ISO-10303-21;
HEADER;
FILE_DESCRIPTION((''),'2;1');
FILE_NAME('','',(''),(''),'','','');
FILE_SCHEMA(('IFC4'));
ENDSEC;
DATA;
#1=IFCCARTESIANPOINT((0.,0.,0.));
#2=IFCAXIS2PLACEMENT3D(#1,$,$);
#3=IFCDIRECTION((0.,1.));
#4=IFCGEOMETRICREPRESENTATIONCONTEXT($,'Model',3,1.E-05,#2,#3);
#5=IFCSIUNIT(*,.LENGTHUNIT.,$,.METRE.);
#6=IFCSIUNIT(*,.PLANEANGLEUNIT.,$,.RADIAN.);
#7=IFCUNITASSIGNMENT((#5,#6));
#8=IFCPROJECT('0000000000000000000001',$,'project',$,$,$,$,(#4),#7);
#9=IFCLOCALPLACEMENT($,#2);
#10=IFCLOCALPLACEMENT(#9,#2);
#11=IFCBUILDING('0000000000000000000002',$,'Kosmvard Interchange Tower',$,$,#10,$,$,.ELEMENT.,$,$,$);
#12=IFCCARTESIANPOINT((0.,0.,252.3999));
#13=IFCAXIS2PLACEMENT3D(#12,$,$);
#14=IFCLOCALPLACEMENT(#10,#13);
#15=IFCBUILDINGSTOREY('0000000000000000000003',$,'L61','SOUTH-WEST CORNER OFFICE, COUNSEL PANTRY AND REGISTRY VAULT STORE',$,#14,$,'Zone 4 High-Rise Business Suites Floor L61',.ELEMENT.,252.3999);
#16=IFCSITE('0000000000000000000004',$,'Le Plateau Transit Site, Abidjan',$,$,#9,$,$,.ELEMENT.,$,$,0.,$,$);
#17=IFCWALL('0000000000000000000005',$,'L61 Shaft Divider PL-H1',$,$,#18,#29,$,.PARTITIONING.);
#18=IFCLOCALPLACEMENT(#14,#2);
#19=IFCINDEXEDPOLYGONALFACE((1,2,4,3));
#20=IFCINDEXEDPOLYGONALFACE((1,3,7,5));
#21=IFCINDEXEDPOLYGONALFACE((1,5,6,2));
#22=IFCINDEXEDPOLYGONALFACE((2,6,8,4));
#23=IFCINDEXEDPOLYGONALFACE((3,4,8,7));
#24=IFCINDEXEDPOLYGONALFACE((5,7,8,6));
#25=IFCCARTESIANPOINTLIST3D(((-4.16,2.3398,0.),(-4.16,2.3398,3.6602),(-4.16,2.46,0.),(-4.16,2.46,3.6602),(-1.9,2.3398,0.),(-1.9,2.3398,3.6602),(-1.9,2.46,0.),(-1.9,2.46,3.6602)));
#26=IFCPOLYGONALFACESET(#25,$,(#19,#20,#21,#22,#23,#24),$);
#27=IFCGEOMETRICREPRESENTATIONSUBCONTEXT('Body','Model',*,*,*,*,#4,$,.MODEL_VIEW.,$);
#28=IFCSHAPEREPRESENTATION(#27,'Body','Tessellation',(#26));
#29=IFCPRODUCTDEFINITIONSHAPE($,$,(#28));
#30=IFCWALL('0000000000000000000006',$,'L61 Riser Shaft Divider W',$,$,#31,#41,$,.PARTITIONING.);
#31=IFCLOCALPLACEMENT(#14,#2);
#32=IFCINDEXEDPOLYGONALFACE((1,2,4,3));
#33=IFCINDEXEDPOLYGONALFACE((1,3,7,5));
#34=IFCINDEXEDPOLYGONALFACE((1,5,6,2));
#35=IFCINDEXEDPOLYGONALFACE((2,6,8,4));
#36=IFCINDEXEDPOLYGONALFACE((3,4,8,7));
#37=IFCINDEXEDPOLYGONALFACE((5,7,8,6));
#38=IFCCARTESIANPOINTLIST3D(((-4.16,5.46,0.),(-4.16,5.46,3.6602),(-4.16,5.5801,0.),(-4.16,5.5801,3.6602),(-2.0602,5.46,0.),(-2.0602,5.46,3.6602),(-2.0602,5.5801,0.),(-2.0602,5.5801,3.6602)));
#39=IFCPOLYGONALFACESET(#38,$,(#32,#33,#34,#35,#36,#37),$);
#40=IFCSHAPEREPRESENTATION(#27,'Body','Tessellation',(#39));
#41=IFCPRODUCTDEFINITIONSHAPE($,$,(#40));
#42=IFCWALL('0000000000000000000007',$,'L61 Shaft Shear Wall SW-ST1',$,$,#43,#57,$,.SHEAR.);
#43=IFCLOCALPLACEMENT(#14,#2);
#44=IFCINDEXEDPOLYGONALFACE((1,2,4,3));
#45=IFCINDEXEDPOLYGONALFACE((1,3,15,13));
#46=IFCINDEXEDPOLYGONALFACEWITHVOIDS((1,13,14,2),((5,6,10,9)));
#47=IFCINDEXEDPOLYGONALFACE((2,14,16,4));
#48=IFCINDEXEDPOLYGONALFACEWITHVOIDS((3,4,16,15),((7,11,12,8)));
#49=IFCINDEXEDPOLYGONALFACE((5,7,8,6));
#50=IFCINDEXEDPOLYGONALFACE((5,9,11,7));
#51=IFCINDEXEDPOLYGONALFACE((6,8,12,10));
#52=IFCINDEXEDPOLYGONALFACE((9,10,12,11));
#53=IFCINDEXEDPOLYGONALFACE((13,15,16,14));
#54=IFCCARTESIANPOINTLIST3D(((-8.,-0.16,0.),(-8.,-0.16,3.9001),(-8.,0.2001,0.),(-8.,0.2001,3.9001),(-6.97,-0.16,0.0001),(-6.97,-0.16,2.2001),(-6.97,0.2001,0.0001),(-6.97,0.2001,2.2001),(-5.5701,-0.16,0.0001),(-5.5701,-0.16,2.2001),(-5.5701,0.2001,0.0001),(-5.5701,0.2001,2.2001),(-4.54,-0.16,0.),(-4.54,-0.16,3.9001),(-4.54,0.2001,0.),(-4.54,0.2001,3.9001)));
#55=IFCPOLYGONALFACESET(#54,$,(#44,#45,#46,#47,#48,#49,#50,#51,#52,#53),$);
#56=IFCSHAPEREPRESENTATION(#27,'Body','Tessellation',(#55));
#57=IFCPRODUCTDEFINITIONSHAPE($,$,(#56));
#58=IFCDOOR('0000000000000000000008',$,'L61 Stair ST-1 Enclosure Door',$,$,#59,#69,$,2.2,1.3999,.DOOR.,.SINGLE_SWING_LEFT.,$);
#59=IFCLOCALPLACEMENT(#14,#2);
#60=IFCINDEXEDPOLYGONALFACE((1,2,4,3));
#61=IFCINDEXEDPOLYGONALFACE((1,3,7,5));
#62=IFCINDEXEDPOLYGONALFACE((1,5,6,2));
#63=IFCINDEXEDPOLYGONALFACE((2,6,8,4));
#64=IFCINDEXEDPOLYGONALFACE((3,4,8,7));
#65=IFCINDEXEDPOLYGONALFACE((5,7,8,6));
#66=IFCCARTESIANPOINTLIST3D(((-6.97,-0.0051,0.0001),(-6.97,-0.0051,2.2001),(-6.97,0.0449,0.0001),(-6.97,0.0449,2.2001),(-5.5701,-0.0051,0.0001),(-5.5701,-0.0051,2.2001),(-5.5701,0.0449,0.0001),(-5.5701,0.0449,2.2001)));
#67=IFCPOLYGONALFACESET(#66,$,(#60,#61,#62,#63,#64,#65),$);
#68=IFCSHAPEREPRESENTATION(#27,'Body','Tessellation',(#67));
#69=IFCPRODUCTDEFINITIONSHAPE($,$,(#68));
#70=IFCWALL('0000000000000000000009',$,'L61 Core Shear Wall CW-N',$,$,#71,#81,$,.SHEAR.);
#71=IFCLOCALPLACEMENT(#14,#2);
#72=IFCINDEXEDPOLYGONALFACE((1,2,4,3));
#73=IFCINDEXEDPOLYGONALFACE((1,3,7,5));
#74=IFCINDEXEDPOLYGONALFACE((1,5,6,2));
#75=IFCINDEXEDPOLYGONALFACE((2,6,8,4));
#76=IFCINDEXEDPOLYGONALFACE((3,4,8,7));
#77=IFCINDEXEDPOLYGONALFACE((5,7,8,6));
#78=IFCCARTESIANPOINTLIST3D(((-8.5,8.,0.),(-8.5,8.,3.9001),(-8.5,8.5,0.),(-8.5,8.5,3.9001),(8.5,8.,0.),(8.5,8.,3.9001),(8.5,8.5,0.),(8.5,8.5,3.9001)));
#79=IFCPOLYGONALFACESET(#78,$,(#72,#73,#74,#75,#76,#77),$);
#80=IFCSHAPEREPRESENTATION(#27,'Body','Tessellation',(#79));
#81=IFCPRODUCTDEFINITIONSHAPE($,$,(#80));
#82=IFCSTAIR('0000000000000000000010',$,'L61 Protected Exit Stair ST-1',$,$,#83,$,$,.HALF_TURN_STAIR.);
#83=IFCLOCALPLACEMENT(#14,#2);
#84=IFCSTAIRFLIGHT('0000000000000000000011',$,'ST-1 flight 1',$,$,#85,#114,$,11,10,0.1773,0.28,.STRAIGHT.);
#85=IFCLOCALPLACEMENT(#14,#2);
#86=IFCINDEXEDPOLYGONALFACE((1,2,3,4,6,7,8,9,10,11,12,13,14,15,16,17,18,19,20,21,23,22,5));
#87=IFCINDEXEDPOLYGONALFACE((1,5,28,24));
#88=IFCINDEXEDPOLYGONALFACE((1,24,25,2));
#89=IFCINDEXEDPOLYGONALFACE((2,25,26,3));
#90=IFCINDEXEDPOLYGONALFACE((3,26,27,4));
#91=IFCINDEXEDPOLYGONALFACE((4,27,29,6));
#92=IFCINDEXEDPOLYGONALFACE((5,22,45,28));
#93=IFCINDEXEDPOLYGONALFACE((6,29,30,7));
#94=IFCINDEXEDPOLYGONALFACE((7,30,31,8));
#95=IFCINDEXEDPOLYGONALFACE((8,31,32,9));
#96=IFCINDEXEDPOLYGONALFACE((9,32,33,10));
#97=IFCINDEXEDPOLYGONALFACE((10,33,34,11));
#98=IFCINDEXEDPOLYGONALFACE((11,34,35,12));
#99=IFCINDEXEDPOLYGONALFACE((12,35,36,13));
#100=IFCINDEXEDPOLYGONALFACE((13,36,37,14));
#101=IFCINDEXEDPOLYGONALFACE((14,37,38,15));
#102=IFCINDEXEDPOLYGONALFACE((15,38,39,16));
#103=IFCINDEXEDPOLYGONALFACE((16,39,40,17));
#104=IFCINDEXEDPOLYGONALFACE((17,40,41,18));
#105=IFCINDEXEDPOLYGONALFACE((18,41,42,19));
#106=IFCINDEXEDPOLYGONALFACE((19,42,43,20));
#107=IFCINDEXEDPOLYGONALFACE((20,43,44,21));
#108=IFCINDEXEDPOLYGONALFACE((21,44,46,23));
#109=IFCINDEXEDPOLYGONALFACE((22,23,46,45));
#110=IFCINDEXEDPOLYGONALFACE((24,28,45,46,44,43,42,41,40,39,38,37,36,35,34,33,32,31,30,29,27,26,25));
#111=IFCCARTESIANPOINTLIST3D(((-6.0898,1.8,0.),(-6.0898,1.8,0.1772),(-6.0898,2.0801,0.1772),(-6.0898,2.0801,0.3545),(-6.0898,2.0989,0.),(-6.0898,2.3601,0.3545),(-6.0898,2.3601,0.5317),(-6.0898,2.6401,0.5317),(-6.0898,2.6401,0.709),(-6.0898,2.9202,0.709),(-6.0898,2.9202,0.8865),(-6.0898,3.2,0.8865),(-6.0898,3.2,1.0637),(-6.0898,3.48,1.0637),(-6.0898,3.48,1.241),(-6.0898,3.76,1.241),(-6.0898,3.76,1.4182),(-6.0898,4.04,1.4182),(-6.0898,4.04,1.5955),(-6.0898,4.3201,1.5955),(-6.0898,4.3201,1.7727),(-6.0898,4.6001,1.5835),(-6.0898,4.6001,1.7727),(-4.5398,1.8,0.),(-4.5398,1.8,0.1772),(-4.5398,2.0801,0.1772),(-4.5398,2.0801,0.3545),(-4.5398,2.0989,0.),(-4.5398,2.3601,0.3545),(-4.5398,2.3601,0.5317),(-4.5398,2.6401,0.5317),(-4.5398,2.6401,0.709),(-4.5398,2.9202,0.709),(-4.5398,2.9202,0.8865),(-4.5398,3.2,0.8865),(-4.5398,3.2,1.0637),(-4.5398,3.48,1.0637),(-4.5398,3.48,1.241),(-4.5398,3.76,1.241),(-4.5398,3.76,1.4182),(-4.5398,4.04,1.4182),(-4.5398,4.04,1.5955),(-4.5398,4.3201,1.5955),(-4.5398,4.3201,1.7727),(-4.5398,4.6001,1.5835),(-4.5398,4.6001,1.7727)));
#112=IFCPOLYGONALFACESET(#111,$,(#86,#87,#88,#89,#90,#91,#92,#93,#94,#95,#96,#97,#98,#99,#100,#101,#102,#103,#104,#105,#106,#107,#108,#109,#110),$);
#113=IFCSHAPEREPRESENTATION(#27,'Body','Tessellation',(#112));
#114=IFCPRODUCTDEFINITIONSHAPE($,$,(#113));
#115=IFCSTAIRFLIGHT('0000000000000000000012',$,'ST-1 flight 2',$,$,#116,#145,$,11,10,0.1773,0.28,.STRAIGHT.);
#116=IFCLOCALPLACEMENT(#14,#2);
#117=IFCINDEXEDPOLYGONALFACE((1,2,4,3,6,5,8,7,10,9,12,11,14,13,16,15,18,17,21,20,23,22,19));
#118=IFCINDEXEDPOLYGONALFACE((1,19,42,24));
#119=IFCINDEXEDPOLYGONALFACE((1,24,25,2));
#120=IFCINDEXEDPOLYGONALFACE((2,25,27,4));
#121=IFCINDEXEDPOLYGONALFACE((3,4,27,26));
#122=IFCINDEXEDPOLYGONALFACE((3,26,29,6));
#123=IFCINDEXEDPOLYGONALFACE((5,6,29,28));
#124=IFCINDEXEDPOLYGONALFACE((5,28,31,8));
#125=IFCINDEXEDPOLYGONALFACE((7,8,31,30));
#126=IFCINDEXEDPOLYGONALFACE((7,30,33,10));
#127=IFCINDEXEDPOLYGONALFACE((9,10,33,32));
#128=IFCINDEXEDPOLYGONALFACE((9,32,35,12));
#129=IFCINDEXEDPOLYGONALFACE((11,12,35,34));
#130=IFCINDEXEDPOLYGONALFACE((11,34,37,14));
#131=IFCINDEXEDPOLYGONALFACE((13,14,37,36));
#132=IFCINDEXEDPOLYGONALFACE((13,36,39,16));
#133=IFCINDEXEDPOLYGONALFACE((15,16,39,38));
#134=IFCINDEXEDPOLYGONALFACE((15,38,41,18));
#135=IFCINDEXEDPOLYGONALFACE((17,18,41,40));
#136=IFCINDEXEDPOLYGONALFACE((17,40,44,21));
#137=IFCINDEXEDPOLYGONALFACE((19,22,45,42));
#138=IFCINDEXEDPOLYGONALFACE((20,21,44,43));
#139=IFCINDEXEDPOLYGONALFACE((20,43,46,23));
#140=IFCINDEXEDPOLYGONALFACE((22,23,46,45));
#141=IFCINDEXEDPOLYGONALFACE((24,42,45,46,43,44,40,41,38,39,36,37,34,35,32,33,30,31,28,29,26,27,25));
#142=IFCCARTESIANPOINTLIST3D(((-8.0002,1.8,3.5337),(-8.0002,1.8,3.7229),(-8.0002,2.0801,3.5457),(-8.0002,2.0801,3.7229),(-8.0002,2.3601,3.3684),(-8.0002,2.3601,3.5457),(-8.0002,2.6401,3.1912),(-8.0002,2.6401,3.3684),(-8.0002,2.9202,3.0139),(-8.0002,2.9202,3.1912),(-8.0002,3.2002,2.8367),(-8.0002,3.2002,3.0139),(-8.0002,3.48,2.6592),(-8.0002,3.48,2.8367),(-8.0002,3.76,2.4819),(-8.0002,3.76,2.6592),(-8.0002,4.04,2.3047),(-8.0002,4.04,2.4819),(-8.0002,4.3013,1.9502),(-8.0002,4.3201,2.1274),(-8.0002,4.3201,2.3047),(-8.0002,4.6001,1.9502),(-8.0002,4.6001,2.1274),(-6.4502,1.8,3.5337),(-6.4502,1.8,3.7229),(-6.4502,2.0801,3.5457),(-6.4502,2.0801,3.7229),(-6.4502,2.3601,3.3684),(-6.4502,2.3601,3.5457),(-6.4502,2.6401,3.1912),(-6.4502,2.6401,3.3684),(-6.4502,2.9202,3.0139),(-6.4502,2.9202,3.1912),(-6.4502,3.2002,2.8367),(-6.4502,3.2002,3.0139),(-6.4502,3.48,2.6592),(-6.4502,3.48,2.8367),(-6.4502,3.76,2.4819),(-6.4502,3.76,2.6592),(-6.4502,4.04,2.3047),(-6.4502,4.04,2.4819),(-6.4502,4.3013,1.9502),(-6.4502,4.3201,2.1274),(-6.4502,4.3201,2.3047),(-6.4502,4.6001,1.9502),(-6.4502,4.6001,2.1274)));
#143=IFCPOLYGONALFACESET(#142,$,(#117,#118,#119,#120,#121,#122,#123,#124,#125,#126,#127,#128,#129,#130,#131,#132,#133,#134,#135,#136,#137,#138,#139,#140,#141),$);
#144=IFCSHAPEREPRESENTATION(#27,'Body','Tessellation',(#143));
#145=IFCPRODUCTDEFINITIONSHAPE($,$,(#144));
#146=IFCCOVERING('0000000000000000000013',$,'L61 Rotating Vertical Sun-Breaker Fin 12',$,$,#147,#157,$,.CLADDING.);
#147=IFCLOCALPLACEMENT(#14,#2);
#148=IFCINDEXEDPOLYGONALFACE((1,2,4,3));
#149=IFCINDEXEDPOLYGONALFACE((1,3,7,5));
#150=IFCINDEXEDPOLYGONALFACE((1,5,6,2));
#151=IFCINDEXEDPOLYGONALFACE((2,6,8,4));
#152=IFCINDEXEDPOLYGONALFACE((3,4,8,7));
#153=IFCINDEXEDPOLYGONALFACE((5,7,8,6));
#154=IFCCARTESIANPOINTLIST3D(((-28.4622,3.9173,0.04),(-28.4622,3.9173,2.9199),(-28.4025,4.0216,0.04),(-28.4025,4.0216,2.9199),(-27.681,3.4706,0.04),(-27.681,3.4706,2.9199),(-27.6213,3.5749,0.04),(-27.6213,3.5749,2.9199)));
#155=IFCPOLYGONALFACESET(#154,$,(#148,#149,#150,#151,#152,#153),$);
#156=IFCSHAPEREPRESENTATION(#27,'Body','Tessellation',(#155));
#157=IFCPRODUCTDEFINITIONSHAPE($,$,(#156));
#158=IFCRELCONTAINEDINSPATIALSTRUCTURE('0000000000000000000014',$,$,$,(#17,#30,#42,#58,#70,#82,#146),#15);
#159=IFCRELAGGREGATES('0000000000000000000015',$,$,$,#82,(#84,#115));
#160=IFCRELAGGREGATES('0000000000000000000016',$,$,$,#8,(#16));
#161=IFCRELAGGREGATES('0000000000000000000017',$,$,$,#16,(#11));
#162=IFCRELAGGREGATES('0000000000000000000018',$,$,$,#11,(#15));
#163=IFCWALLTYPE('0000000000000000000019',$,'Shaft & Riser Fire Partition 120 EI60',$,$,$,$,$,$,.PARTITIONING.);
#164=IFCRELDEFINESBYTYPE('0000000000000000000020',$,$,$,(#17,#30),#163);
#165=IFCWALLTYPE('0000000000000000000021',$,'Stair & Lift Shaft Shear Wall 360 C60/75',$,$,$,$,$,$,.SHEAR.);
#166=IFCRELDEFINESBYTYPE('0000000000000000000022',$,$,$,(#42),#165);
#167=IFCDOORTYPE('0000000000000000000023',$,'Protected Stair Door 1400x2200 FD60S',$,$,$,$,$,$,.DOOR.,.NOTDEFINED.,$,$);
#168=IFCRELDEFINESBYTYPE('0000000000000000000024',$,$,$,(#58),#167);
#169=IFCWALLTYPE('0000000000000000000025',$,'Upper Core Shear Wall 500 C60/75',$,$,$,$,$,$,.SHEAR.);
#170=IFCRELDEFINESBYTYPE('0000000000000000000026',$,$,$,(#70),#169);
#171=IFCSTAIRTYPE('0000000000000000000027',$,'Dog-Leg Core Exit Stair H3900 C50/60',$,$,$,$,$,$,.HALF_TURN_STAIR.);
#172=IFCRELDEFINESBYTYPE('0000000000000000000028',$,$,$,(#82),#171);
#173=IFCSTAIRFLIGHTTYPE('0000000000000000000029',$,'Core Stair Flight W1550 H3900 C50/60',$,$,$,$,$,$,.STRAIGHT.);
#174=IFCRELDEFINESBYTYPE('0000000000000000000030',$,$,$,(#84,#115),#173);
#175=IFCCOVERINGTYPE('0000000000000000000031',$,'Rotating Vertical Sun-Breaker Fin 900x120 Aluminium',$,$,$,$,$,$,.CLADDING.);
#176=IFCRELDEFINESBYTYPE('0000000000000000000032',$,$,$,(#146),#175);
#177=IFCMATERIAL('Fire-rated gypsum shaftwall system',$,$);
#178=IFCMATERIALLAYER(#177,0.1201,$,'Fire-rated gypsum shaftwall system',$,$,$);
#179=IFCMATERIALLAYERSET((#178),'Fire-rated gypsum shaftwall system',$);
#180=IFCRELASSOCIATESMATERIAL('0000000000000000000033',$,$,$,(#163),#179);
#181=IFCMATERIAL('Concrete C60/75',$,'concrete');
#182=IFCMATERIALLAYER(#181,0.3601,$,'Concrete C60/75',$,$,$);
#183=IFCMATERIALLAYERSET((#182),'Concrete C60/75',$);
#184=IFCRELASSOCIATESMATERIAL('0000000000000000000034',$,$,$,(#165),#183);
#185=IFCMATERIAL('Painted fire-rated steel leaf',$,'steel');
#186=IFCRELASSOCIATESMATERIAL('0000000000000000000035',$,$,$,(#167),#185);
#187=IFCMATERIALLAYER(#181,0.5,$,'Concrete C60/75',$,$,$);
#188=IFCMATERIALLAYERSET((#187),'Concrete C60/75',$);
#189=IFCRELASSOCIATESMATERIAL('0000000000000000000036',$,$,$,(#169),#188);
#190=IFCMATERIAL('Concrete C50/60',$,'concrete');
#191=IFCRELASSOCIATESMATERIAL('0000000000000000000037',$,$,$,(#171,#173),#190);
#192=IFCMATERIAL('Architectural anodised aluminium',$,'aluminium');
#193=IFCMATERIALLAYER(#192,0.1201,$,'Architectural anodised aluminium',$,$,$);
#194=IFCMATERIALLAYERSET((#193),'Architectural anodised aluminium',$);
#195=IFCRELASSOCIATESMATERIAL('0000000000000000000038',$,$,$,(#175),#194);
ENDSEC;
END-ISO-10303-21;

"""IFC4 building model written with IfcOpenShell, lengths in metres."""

from ifc_helpers import new_model, si_unit, direction, frame, frame_2d, origin, origin_2d, place, context, subcontext, project, spatial, polyline, rectangle, outline, extrude, source, transform, mapped, material, layer, layer_set, type_object, element, fill, aggregate, save


model = new_model("IFC4")

# Units and contexts
model_context = context("Model", 3, precision=1e-05, world=origin(), true_north=direction((0.0, 1.0)))
body_context = subcontext(model_context, "Body", "Model", "MODEL_VIEW")
ifc_project = project(units=[si_unit("LENGTHUNIT", "METRE"), si_unit("PLANEANGLEUNIT", "RADIAN")], contexts=[model_context])

# Site, building, storey
site_placement = place(None, origin())
site = spatial("IfcSite", under=ifc_project, at=site_placement, Name="Le Plateau Transit Site, Abidjan", CompositionType="ELEMENT", RefElevation=0.0)
building_placement = place(site_placement, origin())
building = spatial("IfcBuilding", under=site, at=building_placement, Name="Kosmvard Interchange Tower", CompositionType="ELEMENT")
storey_placement = place(building_placement, frame((0.0, 0.0, 252.3999)))
storey = spatial("IfcBuildingStorey", under=building, at=storey_placement, Name="L61", Description="SOUTH-WEST CORNER OFFICE, COUNSEL PANTRY AND REGISTRY VAULT STORE", LongName="Zone 4 High-Rise Business Suites Floor L61", CompositionType="ELEMENT", Elevation=252.3999)

# Shared definitions
ifc_material_1 = material(Name="Concrete C50/60", Category="concrete")

# Shared definitions
ifc_material_2 = material(Name="Painted fire-rated steel leaf", Category="steel")

# Walls
ifc_material_3 = material(Name="Fire-rated gypsum shaftwall system")
ifc_layer_1 = layer(ifc_material_3, 0.1201, Name="Fire-rated gypsum shaftwall system")
ifc_layer_set_1 = layer_set([ifc_layer_1], Name="Fire-rated gypsum shaftwall system")
wall_type_1 = type_object("IfcWallType", Name="Shaft & Riser Fire Partition 120 EI60", PredefinedType="PARTITIONING", material=ifc_layer_set_1)
wall_1_placement = place(storey_placement, frame((-4.1599, 2.3999, 0.0), z_axis=(0.0, 0.0, 1.0), x_axis=(1.0, 0.0, 0.0)))
element("IfcWall", 1, at=wall_1_placement, inside=storey, type_object=wall_type_1, Name="L61 Shaft Divider PL-H1", PredefinedType="PARTITIONING", context=body_context, shape_type="SweptSolid", body=[
    extrude(rectangle(XDim=2.26, YDim=0.1201, at=frame_2d((1.1299, 0.0))), origin(), (0.0, 0.0, 1.0), 3.6602),
])
wall_2_placement = place(storey_placement, frame((-4.1599, 5.52, 0.0), z_axis=(0.0, 0.0, 1.0), x_axis=(1.0, 0.0, 0.0)))
element("IfcWall", 2, at=wall_2_placement, inside=storey, type_object=wall_type_1, Name="L61 Riser Shaft Divider W", PredefinedType="PARTITIONING", context=body_context, shape_type="SweptSolid", body=[
    extrude(rectangle(XDim=2.0999, YDim=0.1201, at=frame_2d((1.0498, 0.0))), origin(), (0.0, 0.0, 1.0), 3.6602),
])

# Wall, opening, door
ifc_material_4 = material(Name="Concrete C60/75", Category="concrete")
ifc_layer_2 = layer(ifc_material_4, 0.3601, Name="Concrete C60/75")
ifc_layer_set_2 = layer_set([ifc_layer_2], Name="Concrete C60/75")
wall_type_2 = type_object("IfcWallType", Name="Stair & Lift Shaft Shear Wall 360 C60/75", PredefinedType="SHEAR", material=ifc_layer_set_2)
wall_3_placement = place(storey_placement, frame((-8.0, 0.02, 0.0), z_axis=(0.0, 0.0, 1.0), x_axis=(1.0, 0.0, 0.0)))
wall_3 = element("IfcWall", 3, at=wall_3_placement, inside=storey, type_object=wall_type_2, Name="L61 Shaft Shear Wall SW-ST1", PredefinedType="SHEAR", context=body_context, shape_type="SweptSolid", body=[
    extrude(rectangle(XDim=3.46, YDim=0.3601, at=frame_2d((1.73, 0.0))), origin(), (0.0, 0.0, 1.0), 3.9001),
])
opening_1_placement = place(wall_3_placement, frame((1.03, 0.0, 0.0)))
opening_1 = element("IfcOpeningElement", 4, at=opening_1_placement, cuts=wall_3, PredefinedType="OPENING", context=body_context, shape_type="SweptSolid", body=[
    extrude(rectangle(XDim=1.3999, YDim=2.2, at=frame_2d((0.7, 1.1001))), frame((0.0, 0.1899, 0.0), z_axis=(0.0, -1.0, 0.0), x_axis=(1.0, 0.0, 0.0)), (0.0, 0.0, 1.0), 0.3801),
])
door_type_1 = type_object("IfcDoorType", Name="Protected Stair Door 1400x2200 FD60S", OperationType="NOTDEFINED", PredefinedType="DOOR", material=ifc_material_2)
shared_shape_1 = source(origin(), body_context, "Body", "SweptSolid", [
    extrude(rectangle(XDim=1.3999, YDim=2.2, at=frame_2d((0.7, 1.1001))), frame((0.0, 0.0249, 0.0), z_axis=(0.0, -1.0, 0.0), x_axis=(1.0, 0.0, 0.0)), (0.0, 0.0, 1.0), 0.05),
])
door_1_placement = place(opening_1_placement, origin())
door_1 = element("IfcDoor", 5, at=door_1_placement, inside=storey, type_object=door_type_1, Name="L61 Stair ST-1 Enclosure Door", OperationType="SINGLE_SWING_LEFT", OverallHeight=2.2, OverallWidth=1.3999, PredefinedType="DOOR", context=body_context, shape_type="MappedRepresentation", body=[
    mapped(shared_shape_1, transform((0.0, 0.0, 0.0), scale=1.0)),
])
fill(opening_1, door_1)

# Wall
ifc_layer_3 = layer(ifc_material_4, 0.5, Name="Concrete C60/75")
ifc_layer_set_3 = layer_set([ifc_layer_3], Name="Concrete C60/75")
wall_type_3 = type_object("IfcWallType", Name="Upper Core Shear Wall 500 C60/75", PredefinedType="SHEAR", material=ifc_layer_set_3)
wall_4_placement = place(storey_placement, frame((-8.5, 8.25, 0.0), z_axis=(0.0, 0.0, 1.0), x_axis=(1.0, 0.0, 0.0)))
element("IfcWall", 6, at=wall_4_placement, inside=storey, type_object=wall_type_3, Name="L61 Core Shear Wall CW-N", PredefinedType="SHEAR", context=body_context, shape_type="SweptSolid", body=[
    extrude(rectangle(XDim=17.0, YDim=0.5, at=frame_2d((8.5, 0.0))), origin(), (0.0, 0.0, 1.0), 3.9001),
])

# Stair, stair flights
stair_type = type_object("IfcStairType", Name="Dog-Leg Core Exit Stair H3900 C50/60", PredefinedType="HALF_TURN_STAIR", material=ifc_material_1)
stair_placement = place(storey_placement, origin())
stair = element("IfcStair", 7, at=stair_placement, inside=storey, type_object=stair_type, Name="L61 Protected Exit Stair ST-1", PredefinedType="HALF_TURN_STAIR")
stair_flight_type = type_object("IfcStairFlightType", Name="Core Stair Flight W1550 H3900 C50/60", PredefinedType="STRAIGHT", material=ifc_material_1)
shared_shape_2 = source(origin(), body_context, "Body", "SweptSolid", [
    extrude(outline(polyline([(0.0, 0.0), (0.0, 0.1772), (0.28, 0.1772), (0.28, 0.3545), (0.5601, 0.3545), (0.5601, 0.5317), (0.8401, 0.5317), (0.8401, 0.709), (1.1201, 0.709), (1.1201, 0.8865), (1.3999, 0.8865), (1.3999, 1.0637), (1.6799, 1.0637), (1.6799, 1.241), (1.96, 1.241), (1.96, 1.4182), (2.24, 1.4182), (2.24, 1.5955), (2.52, 1.5955), (2.52, 1.7727), (2.8, 1.7727), (2.8, 1.95), (2.8, 1.5835), (0.2988, 0.0), (0.0, 0.0)])), frame((0.0, 0.7749, 0.0), z_axis=(0.0, -1.0, 0.0), x_axis=(1.0, 0.0, 0.0)), (0.0, 0.0, 1.0), 1.55),
])
stair_flight_1_placement = place(storey_placement, frame((-5.3149, 1.8, 0.0), z_axis=(0.0, 0.0, 1.0), x_axis=(0.0, 1.0, 0.0)))
stair_flight_1 = element("IfcStairFlight", 8, at=stair_flight_1_placement, type_object=stair_flight_type, Name="ST-1 flight 1", NumberOfRisers=11, NumberOfTreads=10, PredefinedType="STRAIGHT", RiserHeight=0.1773, TreadLength=0.28, context=body_context, shape_type="MappedRepresentation", body=[
    mapped(shared_shape_2, transform((0.0, 0.0, 0.0), scale=1.0)),
])
stair_flight_2_placement = place(storey_placement, frame((-7.2251, 4.6001, 1.9502), z_axis=(0.0, 0.0, 1.0), x_axis=(0.0, -1.0, 0.0)))
stair_flight_2 = element("IfcStairFlight", 9, at=stair_flight_2_placement, type_object=stair_flight_type, Name="ST-1 flight 2", NumberOfRisers=11, NumberOfTreads=10, PredefinedType="STRAIGHT", RiserHeight=0.1773, TreadLength=0.28, context=body_context, shape_type="MappedRepresentation", body=[
    mapped(shared_shape_2, transform((0.0, 0.0, 0.0), scale=1.0)),
])
aggregate(stair, [stair_flight_1, stair_flight_2])

# Covering
ifc_material_5 = material(Name="Architectural anodised aluminium", Category="aluminium")
ifc_layer_4 = layer(ifc_material_5, 0.1201, Name="Architectural anodised aluminium")
ifc_layer_set_4 = layer_set([ifc_layer_4], Name="Architectural anodised aluminium")
covering_type = type_object("IfcCoveringType", Name="Rotating Vertical Sun-Breaker Fin 900x120 Aluminium", PredefinedType="CLADDING", material=ifc_layer_set_4)
shared_shape_3 = source(origin(), body_context, "Body", "SweptSolid", [
    extrude(rectangle(XDim=0.8999, YDim=0.1201, at=origin_2d()), origin(), (0.0, 0.0, 1.0), 2.8799),
])
covering_placement = place(storey_placement, frame((-28.0417, 3.7461, 0.04), z_axis=(0.0, 0.0, 1.0), x_axis=(-0.868112, 0.496368, 0.0)))
element("IfcCovering", 10, at=covering_placement, inside=storey, type_object=covering_type, Name="L61 Rotating Vertical Sun-Breaker Fin 12", PredefinedType="CLADDING", context=body_context, shape_type="MappedRepresentation", body=[
    mapped(shared_shape_3, transform((0.0, 0.0, 0.0), scale=1.0)),
])

save(model, "model.ifc")
